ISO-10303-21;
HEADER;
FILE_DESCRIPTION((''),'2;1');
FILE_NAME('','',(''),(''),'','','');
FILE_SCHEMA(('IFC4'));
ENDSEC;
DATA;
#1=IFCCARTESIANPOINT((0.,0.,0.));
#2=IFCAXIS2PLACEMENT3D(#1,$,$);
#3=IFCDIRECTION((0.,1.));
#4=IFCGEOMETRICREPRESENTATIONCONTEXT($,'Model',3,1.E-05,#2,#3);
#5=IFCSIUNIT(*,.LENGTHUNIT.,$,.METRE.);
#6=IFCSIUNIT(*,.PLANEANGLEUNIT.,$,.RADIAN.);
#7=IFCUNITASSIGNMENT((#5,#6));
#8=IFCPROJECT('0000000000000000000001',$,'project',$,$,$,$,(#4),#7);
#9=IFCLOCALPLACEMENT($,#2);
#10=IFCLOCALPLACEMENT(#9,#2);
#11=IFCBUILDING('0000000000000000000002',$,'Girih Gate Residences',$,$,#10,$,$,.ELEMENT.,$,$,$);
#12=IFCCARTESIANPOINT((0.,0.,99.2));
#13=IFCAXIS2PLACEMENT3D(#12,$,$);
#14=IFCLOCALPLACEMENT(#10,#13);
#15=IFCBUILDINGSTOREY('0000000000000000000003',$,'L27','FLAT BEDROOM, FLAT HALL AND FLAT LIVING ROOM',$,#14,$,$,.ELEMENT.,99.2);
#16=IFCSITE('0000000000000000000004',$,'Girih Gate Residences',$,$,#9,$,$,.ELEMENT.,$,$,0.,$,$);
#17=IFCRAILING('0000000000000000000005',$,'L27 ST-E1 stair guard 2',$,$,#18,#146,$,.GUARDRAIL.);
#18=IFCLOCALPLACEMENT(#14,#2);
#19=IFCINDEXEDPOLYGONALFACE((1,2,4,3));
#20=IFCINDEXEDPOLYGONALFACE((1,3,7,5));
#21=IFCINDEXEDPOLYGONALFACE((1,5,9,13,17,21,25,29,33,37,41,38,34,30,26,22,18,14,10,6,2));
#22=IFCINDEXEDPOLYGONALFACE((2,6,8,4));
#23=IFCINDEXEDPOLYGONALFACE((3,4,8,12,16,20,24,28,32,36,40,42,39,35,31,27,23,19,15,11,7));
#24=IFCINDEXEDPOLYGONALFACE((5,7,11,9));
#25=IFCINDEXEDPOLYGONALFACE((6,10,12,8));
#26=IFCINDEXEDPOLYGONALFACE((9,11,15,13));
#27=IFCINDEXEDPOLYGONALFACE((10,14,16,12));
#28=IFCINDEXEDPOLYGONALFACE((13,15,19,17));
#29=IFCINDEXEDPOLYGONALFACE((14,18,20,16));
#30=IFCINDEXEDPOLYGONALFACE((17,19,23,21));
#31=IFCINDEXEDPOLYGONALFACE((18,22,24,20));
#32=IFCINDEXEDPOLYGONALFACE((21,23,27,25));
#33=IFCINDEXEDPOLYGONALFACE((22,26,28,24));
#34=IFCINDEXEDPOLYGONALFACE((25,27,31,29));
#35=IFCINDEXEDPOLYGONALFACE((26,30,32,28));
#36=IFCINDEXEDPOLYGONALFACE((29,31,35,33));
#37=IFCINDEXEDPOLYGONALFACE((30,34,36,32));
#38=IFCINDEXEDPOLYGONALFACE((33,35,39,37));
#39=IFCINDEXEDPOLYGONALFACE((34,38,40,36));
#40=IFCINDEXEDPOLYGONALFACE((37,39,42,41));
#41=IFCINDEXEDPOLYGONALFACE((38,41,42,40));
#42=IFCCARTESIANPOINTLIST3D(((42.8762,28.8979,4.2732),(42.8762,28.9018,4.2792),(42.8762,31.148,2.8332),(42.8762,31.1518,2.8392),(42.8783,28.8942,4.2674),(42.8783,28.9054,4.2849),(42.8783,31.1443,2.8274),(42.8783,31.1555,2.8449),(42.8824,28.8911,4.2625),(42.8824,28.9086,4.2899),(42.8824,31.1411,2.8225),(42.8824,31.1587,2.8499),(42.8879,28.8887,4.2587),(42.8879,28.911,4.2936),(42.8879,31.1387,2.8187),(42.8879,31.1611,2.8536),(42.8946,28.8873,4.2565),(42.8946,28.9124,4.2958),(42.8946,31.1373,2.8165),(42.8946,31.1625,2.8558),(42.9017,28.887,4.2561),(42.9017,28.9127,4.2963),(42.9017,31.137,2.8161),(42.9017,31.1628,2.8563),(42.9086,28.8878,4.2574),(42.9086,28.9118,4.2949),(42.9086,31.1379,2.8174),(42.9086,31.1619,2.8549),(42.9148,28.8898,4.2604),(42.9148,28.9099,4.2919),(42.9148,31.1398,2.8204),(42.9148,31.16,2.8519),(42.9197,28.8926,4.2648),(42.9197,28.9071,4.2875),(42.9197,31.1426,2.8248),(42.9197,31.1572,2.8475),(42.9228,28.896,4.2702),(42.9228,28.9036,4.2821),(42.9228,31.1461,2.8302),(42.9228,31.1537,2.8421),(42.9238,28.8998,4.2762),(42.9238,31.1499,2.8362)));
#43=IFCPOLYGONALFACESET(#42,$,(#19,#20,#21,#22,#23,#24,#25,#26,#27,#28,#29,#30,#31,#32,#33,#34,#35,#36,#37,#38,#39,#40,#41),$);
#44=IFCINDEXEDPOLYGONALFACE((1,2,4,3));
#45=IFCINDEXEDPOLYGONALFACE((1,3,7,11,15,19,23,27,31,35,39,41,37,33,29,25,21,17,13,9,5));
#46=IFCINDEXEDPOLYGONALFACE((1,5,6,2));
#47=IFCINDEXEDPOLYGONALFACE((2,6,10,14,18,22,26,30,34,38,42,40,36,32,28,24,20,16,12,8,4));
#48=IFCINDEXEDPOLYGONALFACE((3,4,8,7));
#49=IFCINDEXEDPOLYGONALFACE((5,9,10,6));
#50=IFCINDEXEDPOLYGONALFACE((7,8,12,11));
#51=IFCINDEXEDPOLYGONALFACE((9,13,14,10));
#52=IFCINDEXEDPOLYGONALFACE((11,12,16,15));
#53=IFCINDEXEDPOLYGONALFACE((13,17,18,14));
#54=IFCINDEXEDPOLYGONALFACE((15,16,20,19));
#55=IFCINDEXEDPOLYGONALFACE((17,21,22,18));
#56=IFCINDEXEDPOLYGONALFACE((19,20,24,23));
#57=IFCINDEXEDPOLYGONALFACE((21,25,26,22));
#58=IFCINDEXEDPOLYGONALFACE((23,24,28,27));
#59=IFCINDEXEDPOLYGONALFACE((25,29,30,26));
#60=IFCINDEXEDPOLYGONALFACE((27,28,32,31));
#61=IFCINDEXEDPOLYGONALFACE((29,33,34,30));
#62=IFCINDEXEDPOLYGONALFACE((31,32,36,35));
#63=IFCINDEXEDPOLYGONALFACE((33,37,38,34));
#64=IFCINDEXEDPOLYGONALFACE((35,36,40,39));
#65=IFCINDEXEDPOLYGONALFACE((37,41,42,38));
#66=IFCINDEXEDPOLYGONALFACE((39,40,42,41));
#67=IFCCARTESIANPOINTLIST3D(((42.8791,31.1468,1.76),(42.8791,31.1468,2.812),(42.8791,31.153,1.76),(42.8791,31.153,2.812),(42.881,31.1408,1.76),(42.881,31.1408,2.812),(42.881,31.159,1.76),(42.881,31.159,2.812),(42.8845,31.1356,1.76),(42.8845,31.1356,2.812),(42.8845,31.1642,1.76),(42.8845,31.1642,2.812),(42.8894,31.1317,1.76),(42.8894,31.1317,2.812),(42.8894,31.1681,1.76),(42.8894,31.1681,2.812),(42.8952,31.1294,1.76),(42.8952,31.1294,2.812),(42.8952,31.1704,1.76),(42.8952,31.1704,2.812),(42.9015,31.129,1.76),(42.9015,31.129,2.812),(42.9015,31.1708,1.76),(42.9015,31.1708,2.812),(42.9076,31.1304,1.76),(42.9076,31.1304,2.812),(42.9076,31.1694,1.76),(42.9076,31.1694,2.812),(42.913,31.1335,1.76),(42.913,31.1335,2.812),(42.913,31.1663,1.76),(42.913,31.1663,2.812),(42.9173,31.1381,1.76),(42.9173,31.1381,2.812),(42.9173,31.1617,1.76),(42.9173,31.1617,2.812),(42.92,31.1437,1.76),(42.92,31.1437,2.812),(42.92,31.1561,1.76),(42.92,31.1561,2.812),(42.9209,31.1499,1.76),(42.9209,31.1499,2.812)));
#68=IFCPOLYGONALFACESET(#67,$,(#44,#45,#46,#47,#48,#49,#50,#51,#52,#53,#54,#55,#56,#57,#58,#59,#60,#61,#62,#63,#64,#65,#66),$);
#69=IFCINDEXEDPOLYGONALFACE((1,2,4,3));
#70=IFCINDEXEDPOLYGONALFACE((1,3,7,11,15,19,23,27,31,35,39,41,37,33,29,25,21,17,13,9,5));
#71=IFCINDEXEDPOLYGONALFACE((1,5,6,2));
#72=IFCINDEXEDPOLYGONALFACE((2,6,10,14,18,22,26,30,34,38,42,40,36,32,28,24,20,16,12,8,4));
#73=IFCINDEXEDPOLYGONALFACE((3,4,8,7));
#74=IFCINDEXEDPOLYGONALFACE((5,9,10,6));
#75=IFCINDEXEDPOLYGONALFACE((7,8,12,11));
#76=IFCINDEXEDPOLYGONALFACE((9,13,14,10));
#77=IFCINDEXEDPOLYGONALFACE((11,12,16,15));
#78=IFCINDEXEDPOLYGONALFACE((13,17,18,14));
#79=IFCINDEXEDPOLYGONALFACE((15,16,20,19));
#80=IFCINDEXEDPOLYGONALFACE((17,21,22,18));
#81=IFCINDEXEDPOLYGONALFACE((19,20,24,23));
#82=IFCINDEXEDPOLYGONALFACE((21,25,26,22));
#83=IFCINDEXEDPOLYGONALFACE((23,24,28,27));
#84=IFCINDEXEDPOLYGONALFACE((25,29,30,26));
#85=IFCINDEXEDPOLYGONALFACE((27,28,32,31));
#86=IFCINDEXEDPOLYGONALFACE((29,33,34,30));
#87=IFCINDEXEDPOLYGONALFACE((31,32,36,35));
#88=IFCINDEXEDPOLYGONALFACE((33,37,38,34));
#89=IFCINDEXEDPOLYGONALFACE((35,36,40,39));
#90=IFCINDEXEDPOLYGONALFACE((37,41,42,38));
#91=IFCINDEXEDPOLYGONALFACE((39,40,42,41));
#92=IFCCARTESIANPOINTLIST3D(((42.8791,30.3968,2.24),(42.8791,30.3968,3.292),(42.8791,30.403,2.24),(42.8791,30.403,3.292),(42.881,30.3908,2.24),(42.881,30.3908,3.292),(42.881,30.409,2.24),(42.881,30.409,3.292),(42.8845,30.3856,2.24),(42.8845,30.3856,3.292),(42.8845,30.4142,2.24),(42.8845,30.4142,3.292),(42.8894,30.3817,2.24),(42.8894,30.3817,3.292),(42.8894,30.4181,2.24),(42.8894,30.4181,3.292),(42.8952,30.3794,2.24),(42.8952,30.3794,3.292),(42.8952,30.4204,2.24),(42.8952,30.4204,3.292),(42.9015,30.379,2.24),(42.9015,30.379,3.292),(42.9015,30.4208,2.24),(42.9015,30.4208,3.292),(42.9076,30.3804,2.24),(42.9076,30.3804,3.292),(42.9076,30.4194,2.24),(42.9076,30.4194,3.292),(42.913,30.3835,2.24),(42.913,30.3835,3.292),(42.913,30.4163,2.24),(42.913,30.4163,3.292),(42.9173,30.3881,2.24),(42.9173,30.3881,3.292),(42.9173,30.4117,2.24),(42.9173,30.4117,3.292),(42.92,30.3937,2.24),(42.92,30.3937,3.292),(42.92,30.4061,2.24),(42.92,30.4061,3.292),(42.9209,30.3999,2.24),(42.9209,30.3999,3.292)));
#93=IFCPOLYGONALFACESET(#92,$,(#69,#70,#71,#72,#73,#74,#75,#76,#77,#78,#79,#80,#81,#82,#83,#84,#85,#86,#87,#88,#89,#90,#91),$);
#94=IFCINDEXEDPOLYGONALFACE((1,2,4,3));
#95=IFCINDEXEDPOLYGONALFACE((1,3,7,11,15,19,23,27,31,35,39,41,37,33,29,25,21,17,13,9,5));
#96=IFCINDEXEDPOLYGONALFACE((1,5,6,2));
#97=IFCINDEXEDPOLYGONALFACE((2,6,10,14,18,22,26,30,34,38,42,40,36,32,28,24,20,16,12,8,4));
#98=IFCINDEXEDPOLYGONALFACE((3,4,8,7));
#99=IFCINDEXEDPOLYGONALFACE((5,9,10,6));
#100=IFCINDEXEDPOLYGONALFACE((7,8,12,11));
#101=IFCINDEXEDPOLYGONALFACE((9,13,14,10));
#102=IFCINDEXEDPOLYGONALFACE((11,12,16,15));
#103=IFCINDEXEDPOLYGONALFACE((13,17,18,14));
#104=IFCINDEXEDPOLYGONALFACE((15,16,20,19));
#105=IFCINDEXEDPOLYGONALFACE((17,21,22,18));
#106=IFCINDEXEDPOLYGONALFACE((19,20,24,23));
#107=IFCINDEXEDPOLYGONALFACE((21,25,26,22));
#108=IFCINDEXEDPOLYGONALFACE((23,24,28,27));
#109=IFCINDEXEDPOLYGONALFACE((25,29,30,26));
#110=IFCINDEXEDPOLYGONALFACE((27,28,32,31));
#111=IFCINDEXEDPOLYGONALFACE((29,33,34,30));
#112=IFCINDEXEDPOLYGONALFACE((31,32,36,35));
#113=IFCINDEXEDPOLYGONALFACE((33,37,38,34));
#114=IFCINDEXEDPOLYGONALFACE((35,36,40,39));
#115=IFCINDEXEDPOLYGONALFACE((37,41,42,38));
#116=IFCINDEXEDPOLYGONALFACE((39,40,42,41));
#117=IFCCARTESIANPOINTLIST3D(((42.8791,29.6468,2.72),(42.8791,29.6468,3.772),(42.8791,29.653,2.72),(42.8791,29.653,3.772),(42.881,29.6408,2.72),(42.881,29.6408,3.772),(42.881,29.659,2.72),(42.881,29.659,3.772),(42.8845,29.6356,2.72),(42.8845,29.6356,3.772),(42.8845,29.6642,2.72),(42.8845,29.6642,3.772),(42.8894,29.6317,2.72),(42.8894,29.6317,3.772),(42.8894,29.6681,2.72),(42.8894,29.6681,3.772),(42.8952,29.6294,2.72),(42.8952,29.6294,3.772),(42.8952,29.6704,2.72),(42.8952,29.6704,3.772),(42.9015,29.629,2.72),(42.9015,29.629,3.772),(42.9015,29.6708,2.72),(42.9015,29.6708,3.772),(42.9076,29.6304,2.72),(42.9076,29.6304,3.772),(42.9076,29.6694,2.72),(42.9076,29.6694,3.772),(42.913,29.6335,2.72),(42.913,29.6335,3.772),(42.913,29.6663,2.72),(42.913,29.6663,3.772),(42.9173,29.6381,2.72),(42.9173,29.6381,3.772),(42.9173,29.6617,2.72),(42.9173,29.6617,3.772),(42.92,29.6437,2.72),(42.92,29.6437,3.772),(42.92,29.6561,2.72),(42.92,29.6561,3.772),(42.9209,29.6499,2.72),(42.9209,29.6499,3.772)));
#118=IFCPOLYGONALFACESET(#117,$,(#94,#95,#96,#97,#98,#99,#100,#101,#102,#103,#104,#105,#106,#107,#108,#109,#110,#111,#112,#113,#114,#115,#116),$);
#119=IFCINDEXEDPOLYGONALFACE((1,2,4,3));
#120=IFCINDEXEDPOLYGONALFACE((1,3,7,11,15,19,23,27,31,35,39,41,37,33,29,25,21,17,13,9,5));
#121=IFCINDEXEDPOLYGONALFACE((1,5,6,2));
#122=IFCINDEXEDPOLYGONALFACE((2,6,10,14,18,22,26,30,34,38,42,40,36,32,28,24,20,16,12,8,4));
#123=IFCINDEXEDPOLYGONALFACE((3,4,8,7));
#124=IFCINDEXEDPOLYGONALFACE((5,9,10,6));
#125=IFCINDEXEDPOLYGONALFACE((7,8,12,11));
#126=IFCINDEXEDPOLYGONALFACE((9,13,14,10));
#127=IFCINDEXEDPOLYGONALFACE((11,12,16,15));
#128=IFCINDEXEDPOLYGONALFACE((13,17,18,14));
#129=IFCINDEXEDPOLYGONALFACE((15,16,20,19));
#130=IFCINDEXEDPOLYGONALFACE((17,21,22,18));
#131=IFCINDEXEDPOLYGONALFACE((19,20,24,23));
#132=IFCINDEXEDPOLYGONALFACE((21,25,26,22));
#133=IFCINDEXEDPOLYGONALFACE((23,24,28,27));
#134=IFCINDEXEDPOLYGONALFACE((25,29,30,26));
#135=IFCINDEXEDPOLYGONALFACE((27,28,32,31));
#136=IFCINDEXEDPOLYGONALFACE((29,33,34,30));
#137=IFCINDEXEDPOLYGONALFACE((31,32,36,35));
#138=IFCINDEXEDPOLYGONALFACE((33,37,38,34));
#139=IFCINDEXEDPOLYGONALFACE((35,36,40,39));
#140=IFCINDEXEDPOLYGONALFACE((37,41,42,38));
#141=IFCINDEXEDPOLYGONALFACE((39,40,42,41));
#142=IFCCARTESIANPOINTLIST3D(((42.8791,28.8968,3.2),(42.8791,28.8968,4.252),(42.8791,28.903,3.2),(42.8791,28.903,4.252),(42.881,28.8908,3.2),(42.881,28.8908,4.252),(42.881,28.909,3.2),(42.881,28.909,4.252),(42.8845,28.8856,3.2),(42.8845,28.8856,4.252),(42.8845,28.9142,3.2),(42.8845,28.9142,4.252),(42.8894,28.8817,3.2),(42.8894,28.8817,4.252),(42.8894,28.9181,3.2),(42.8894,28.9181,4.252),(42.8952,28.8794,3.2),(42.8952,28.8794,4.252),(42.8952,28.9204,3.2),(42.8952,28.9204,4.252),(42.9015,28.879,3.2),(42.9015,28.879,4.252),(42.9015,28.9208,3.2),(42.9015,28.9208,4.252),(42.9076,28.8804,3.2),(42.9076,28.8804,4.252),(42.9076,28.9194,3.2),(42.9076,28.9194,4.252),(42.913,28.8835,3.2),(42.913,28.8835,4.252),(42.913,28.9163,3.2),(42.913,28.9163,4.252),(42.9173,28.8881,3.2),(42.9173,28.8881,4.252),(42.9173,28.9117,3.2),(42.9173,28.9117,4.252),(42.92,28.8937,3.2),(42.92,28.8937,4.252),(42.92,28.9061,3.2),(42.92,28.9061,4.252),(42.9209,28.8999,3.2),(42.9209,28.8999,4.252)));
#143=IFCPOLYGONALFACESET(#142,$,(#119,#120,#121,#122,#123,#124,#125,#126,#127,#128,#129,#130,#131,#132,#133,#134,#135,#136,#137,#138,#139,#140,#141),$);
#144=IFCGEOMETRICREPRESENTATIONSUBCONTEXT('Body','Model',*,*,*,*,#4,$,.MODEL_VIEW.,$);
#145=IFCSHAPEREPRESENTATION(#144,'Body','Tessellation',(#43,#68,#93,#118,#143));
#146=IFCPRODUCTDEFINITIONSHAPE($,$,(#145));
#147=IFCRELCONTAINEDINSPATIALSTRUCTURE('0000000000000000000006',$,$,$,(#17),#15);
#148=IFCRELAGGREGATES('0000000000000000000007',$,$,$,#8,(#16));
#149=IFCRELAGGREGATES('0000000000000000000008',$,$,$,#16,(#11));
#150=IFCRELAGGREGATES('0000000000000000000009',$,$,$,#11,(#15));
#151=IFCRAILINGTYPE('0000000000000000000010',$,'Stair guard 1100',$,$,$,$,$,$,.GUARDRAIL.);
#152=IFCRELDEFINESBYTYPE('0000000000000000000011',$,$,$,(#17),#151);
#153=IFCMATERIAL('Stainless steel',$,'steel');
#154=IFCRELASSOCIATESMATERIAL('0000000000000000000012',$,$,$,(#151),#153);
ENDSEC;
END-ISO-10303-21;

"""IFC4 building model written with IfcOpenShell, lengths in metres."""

from ifc_helpers import new_model, si_unit, direction, frame, origin, origin_2d, place, context, subcontext, project, spatial, circle, extrude, material, type_object, element, save


model = new_model("IFC4")

# Units and contexts
model_context = context("Model", 3, precision=1e-05, world=origin(), true_north=direction((0.0, 1.0)))
body_context = subcontext(model_context, "Body", "Model", "MODEL_VIEW")
ifc_project = project(units=[si_unit("LENGTHUNIT", "METRE"), si_unit("PLANEANGLEUNIT", "RADIAN")], contexts=[model_context])

# Site, building, storey
site_placement = place(None, origin())
site = spatial("IfcSite", under=ifc_project, at=site_placement, Name="Girih Gate Residences", CompositionType="ELEMENT", RefElevation=0.0)
building_placement = place(site_placement, origin())
building = spatial("IfcBuilding", under=site, at=building_placement, Name="Girih Gate Residences", CompositionType="ELEMENT")
storey_placement = place(building_placement, frame((0.0, 0.0, 99.2)))
storey = spatial("IfcBuildingStorey", under=building, at=storey_placement, Name="L27", Description="FLAT BEDROOM, FLAT HALL AND FLAT LIVING ROOM", CompositionType="ELEMENT", Elevation=99.2)

# Railing
ifc_material_1 = material(Name="Stainless steel", Category="steel")
railing_type_1 = type_object("IfcRailingType", Name="Stair guard 1100", PredefinedType="GUARDRAIL", material=ifc_material_1)
railing_1_placement = place(storey_placement, frame((42.8999, 31.1499, 1.76)))
element("IfcRailing", 1, at=railing_1_placement, inside=storey, type_object=railing_type_1, Name="L27 ST-E1 stair guard 2", PredefinedType="GUARDRAIL", context=body_context, shape_type="SweptSolid", body=[
    extrude(circle(Radius=0.0239, at=origin_2d()), frame((0.0, 0.0, 1.0762), z_axis=(0.0, -0.842281, 0.539038), x_axis=(1.0, 0.0, 0.0)), (0.0, 0.0, 1.0), 2.6714),
    extrude(circle(Radius=0.021, at=origin_2d()), origin(), (0.0, 0.0, 1.0), 1.052),
    extrude(circle(Radius=0.021, at=origin_2d()), frame((0.0, -0.75, 0.48)), (0.0, 0.0, 1.0), 1.052),
    extrude(circle(Radius=0.021, at=origin_2d()), frame((0.0, -1.5, 0.96)), (0.0, 0.0, 1.0), 1.052),
    extrude(circle(Radius=0.021, at=origin_2d()), frame((0.0, -2.25, 1.4399)), (0.0, 0.0, 1.0), 1.052),
])

save(model, "model.ifc")
